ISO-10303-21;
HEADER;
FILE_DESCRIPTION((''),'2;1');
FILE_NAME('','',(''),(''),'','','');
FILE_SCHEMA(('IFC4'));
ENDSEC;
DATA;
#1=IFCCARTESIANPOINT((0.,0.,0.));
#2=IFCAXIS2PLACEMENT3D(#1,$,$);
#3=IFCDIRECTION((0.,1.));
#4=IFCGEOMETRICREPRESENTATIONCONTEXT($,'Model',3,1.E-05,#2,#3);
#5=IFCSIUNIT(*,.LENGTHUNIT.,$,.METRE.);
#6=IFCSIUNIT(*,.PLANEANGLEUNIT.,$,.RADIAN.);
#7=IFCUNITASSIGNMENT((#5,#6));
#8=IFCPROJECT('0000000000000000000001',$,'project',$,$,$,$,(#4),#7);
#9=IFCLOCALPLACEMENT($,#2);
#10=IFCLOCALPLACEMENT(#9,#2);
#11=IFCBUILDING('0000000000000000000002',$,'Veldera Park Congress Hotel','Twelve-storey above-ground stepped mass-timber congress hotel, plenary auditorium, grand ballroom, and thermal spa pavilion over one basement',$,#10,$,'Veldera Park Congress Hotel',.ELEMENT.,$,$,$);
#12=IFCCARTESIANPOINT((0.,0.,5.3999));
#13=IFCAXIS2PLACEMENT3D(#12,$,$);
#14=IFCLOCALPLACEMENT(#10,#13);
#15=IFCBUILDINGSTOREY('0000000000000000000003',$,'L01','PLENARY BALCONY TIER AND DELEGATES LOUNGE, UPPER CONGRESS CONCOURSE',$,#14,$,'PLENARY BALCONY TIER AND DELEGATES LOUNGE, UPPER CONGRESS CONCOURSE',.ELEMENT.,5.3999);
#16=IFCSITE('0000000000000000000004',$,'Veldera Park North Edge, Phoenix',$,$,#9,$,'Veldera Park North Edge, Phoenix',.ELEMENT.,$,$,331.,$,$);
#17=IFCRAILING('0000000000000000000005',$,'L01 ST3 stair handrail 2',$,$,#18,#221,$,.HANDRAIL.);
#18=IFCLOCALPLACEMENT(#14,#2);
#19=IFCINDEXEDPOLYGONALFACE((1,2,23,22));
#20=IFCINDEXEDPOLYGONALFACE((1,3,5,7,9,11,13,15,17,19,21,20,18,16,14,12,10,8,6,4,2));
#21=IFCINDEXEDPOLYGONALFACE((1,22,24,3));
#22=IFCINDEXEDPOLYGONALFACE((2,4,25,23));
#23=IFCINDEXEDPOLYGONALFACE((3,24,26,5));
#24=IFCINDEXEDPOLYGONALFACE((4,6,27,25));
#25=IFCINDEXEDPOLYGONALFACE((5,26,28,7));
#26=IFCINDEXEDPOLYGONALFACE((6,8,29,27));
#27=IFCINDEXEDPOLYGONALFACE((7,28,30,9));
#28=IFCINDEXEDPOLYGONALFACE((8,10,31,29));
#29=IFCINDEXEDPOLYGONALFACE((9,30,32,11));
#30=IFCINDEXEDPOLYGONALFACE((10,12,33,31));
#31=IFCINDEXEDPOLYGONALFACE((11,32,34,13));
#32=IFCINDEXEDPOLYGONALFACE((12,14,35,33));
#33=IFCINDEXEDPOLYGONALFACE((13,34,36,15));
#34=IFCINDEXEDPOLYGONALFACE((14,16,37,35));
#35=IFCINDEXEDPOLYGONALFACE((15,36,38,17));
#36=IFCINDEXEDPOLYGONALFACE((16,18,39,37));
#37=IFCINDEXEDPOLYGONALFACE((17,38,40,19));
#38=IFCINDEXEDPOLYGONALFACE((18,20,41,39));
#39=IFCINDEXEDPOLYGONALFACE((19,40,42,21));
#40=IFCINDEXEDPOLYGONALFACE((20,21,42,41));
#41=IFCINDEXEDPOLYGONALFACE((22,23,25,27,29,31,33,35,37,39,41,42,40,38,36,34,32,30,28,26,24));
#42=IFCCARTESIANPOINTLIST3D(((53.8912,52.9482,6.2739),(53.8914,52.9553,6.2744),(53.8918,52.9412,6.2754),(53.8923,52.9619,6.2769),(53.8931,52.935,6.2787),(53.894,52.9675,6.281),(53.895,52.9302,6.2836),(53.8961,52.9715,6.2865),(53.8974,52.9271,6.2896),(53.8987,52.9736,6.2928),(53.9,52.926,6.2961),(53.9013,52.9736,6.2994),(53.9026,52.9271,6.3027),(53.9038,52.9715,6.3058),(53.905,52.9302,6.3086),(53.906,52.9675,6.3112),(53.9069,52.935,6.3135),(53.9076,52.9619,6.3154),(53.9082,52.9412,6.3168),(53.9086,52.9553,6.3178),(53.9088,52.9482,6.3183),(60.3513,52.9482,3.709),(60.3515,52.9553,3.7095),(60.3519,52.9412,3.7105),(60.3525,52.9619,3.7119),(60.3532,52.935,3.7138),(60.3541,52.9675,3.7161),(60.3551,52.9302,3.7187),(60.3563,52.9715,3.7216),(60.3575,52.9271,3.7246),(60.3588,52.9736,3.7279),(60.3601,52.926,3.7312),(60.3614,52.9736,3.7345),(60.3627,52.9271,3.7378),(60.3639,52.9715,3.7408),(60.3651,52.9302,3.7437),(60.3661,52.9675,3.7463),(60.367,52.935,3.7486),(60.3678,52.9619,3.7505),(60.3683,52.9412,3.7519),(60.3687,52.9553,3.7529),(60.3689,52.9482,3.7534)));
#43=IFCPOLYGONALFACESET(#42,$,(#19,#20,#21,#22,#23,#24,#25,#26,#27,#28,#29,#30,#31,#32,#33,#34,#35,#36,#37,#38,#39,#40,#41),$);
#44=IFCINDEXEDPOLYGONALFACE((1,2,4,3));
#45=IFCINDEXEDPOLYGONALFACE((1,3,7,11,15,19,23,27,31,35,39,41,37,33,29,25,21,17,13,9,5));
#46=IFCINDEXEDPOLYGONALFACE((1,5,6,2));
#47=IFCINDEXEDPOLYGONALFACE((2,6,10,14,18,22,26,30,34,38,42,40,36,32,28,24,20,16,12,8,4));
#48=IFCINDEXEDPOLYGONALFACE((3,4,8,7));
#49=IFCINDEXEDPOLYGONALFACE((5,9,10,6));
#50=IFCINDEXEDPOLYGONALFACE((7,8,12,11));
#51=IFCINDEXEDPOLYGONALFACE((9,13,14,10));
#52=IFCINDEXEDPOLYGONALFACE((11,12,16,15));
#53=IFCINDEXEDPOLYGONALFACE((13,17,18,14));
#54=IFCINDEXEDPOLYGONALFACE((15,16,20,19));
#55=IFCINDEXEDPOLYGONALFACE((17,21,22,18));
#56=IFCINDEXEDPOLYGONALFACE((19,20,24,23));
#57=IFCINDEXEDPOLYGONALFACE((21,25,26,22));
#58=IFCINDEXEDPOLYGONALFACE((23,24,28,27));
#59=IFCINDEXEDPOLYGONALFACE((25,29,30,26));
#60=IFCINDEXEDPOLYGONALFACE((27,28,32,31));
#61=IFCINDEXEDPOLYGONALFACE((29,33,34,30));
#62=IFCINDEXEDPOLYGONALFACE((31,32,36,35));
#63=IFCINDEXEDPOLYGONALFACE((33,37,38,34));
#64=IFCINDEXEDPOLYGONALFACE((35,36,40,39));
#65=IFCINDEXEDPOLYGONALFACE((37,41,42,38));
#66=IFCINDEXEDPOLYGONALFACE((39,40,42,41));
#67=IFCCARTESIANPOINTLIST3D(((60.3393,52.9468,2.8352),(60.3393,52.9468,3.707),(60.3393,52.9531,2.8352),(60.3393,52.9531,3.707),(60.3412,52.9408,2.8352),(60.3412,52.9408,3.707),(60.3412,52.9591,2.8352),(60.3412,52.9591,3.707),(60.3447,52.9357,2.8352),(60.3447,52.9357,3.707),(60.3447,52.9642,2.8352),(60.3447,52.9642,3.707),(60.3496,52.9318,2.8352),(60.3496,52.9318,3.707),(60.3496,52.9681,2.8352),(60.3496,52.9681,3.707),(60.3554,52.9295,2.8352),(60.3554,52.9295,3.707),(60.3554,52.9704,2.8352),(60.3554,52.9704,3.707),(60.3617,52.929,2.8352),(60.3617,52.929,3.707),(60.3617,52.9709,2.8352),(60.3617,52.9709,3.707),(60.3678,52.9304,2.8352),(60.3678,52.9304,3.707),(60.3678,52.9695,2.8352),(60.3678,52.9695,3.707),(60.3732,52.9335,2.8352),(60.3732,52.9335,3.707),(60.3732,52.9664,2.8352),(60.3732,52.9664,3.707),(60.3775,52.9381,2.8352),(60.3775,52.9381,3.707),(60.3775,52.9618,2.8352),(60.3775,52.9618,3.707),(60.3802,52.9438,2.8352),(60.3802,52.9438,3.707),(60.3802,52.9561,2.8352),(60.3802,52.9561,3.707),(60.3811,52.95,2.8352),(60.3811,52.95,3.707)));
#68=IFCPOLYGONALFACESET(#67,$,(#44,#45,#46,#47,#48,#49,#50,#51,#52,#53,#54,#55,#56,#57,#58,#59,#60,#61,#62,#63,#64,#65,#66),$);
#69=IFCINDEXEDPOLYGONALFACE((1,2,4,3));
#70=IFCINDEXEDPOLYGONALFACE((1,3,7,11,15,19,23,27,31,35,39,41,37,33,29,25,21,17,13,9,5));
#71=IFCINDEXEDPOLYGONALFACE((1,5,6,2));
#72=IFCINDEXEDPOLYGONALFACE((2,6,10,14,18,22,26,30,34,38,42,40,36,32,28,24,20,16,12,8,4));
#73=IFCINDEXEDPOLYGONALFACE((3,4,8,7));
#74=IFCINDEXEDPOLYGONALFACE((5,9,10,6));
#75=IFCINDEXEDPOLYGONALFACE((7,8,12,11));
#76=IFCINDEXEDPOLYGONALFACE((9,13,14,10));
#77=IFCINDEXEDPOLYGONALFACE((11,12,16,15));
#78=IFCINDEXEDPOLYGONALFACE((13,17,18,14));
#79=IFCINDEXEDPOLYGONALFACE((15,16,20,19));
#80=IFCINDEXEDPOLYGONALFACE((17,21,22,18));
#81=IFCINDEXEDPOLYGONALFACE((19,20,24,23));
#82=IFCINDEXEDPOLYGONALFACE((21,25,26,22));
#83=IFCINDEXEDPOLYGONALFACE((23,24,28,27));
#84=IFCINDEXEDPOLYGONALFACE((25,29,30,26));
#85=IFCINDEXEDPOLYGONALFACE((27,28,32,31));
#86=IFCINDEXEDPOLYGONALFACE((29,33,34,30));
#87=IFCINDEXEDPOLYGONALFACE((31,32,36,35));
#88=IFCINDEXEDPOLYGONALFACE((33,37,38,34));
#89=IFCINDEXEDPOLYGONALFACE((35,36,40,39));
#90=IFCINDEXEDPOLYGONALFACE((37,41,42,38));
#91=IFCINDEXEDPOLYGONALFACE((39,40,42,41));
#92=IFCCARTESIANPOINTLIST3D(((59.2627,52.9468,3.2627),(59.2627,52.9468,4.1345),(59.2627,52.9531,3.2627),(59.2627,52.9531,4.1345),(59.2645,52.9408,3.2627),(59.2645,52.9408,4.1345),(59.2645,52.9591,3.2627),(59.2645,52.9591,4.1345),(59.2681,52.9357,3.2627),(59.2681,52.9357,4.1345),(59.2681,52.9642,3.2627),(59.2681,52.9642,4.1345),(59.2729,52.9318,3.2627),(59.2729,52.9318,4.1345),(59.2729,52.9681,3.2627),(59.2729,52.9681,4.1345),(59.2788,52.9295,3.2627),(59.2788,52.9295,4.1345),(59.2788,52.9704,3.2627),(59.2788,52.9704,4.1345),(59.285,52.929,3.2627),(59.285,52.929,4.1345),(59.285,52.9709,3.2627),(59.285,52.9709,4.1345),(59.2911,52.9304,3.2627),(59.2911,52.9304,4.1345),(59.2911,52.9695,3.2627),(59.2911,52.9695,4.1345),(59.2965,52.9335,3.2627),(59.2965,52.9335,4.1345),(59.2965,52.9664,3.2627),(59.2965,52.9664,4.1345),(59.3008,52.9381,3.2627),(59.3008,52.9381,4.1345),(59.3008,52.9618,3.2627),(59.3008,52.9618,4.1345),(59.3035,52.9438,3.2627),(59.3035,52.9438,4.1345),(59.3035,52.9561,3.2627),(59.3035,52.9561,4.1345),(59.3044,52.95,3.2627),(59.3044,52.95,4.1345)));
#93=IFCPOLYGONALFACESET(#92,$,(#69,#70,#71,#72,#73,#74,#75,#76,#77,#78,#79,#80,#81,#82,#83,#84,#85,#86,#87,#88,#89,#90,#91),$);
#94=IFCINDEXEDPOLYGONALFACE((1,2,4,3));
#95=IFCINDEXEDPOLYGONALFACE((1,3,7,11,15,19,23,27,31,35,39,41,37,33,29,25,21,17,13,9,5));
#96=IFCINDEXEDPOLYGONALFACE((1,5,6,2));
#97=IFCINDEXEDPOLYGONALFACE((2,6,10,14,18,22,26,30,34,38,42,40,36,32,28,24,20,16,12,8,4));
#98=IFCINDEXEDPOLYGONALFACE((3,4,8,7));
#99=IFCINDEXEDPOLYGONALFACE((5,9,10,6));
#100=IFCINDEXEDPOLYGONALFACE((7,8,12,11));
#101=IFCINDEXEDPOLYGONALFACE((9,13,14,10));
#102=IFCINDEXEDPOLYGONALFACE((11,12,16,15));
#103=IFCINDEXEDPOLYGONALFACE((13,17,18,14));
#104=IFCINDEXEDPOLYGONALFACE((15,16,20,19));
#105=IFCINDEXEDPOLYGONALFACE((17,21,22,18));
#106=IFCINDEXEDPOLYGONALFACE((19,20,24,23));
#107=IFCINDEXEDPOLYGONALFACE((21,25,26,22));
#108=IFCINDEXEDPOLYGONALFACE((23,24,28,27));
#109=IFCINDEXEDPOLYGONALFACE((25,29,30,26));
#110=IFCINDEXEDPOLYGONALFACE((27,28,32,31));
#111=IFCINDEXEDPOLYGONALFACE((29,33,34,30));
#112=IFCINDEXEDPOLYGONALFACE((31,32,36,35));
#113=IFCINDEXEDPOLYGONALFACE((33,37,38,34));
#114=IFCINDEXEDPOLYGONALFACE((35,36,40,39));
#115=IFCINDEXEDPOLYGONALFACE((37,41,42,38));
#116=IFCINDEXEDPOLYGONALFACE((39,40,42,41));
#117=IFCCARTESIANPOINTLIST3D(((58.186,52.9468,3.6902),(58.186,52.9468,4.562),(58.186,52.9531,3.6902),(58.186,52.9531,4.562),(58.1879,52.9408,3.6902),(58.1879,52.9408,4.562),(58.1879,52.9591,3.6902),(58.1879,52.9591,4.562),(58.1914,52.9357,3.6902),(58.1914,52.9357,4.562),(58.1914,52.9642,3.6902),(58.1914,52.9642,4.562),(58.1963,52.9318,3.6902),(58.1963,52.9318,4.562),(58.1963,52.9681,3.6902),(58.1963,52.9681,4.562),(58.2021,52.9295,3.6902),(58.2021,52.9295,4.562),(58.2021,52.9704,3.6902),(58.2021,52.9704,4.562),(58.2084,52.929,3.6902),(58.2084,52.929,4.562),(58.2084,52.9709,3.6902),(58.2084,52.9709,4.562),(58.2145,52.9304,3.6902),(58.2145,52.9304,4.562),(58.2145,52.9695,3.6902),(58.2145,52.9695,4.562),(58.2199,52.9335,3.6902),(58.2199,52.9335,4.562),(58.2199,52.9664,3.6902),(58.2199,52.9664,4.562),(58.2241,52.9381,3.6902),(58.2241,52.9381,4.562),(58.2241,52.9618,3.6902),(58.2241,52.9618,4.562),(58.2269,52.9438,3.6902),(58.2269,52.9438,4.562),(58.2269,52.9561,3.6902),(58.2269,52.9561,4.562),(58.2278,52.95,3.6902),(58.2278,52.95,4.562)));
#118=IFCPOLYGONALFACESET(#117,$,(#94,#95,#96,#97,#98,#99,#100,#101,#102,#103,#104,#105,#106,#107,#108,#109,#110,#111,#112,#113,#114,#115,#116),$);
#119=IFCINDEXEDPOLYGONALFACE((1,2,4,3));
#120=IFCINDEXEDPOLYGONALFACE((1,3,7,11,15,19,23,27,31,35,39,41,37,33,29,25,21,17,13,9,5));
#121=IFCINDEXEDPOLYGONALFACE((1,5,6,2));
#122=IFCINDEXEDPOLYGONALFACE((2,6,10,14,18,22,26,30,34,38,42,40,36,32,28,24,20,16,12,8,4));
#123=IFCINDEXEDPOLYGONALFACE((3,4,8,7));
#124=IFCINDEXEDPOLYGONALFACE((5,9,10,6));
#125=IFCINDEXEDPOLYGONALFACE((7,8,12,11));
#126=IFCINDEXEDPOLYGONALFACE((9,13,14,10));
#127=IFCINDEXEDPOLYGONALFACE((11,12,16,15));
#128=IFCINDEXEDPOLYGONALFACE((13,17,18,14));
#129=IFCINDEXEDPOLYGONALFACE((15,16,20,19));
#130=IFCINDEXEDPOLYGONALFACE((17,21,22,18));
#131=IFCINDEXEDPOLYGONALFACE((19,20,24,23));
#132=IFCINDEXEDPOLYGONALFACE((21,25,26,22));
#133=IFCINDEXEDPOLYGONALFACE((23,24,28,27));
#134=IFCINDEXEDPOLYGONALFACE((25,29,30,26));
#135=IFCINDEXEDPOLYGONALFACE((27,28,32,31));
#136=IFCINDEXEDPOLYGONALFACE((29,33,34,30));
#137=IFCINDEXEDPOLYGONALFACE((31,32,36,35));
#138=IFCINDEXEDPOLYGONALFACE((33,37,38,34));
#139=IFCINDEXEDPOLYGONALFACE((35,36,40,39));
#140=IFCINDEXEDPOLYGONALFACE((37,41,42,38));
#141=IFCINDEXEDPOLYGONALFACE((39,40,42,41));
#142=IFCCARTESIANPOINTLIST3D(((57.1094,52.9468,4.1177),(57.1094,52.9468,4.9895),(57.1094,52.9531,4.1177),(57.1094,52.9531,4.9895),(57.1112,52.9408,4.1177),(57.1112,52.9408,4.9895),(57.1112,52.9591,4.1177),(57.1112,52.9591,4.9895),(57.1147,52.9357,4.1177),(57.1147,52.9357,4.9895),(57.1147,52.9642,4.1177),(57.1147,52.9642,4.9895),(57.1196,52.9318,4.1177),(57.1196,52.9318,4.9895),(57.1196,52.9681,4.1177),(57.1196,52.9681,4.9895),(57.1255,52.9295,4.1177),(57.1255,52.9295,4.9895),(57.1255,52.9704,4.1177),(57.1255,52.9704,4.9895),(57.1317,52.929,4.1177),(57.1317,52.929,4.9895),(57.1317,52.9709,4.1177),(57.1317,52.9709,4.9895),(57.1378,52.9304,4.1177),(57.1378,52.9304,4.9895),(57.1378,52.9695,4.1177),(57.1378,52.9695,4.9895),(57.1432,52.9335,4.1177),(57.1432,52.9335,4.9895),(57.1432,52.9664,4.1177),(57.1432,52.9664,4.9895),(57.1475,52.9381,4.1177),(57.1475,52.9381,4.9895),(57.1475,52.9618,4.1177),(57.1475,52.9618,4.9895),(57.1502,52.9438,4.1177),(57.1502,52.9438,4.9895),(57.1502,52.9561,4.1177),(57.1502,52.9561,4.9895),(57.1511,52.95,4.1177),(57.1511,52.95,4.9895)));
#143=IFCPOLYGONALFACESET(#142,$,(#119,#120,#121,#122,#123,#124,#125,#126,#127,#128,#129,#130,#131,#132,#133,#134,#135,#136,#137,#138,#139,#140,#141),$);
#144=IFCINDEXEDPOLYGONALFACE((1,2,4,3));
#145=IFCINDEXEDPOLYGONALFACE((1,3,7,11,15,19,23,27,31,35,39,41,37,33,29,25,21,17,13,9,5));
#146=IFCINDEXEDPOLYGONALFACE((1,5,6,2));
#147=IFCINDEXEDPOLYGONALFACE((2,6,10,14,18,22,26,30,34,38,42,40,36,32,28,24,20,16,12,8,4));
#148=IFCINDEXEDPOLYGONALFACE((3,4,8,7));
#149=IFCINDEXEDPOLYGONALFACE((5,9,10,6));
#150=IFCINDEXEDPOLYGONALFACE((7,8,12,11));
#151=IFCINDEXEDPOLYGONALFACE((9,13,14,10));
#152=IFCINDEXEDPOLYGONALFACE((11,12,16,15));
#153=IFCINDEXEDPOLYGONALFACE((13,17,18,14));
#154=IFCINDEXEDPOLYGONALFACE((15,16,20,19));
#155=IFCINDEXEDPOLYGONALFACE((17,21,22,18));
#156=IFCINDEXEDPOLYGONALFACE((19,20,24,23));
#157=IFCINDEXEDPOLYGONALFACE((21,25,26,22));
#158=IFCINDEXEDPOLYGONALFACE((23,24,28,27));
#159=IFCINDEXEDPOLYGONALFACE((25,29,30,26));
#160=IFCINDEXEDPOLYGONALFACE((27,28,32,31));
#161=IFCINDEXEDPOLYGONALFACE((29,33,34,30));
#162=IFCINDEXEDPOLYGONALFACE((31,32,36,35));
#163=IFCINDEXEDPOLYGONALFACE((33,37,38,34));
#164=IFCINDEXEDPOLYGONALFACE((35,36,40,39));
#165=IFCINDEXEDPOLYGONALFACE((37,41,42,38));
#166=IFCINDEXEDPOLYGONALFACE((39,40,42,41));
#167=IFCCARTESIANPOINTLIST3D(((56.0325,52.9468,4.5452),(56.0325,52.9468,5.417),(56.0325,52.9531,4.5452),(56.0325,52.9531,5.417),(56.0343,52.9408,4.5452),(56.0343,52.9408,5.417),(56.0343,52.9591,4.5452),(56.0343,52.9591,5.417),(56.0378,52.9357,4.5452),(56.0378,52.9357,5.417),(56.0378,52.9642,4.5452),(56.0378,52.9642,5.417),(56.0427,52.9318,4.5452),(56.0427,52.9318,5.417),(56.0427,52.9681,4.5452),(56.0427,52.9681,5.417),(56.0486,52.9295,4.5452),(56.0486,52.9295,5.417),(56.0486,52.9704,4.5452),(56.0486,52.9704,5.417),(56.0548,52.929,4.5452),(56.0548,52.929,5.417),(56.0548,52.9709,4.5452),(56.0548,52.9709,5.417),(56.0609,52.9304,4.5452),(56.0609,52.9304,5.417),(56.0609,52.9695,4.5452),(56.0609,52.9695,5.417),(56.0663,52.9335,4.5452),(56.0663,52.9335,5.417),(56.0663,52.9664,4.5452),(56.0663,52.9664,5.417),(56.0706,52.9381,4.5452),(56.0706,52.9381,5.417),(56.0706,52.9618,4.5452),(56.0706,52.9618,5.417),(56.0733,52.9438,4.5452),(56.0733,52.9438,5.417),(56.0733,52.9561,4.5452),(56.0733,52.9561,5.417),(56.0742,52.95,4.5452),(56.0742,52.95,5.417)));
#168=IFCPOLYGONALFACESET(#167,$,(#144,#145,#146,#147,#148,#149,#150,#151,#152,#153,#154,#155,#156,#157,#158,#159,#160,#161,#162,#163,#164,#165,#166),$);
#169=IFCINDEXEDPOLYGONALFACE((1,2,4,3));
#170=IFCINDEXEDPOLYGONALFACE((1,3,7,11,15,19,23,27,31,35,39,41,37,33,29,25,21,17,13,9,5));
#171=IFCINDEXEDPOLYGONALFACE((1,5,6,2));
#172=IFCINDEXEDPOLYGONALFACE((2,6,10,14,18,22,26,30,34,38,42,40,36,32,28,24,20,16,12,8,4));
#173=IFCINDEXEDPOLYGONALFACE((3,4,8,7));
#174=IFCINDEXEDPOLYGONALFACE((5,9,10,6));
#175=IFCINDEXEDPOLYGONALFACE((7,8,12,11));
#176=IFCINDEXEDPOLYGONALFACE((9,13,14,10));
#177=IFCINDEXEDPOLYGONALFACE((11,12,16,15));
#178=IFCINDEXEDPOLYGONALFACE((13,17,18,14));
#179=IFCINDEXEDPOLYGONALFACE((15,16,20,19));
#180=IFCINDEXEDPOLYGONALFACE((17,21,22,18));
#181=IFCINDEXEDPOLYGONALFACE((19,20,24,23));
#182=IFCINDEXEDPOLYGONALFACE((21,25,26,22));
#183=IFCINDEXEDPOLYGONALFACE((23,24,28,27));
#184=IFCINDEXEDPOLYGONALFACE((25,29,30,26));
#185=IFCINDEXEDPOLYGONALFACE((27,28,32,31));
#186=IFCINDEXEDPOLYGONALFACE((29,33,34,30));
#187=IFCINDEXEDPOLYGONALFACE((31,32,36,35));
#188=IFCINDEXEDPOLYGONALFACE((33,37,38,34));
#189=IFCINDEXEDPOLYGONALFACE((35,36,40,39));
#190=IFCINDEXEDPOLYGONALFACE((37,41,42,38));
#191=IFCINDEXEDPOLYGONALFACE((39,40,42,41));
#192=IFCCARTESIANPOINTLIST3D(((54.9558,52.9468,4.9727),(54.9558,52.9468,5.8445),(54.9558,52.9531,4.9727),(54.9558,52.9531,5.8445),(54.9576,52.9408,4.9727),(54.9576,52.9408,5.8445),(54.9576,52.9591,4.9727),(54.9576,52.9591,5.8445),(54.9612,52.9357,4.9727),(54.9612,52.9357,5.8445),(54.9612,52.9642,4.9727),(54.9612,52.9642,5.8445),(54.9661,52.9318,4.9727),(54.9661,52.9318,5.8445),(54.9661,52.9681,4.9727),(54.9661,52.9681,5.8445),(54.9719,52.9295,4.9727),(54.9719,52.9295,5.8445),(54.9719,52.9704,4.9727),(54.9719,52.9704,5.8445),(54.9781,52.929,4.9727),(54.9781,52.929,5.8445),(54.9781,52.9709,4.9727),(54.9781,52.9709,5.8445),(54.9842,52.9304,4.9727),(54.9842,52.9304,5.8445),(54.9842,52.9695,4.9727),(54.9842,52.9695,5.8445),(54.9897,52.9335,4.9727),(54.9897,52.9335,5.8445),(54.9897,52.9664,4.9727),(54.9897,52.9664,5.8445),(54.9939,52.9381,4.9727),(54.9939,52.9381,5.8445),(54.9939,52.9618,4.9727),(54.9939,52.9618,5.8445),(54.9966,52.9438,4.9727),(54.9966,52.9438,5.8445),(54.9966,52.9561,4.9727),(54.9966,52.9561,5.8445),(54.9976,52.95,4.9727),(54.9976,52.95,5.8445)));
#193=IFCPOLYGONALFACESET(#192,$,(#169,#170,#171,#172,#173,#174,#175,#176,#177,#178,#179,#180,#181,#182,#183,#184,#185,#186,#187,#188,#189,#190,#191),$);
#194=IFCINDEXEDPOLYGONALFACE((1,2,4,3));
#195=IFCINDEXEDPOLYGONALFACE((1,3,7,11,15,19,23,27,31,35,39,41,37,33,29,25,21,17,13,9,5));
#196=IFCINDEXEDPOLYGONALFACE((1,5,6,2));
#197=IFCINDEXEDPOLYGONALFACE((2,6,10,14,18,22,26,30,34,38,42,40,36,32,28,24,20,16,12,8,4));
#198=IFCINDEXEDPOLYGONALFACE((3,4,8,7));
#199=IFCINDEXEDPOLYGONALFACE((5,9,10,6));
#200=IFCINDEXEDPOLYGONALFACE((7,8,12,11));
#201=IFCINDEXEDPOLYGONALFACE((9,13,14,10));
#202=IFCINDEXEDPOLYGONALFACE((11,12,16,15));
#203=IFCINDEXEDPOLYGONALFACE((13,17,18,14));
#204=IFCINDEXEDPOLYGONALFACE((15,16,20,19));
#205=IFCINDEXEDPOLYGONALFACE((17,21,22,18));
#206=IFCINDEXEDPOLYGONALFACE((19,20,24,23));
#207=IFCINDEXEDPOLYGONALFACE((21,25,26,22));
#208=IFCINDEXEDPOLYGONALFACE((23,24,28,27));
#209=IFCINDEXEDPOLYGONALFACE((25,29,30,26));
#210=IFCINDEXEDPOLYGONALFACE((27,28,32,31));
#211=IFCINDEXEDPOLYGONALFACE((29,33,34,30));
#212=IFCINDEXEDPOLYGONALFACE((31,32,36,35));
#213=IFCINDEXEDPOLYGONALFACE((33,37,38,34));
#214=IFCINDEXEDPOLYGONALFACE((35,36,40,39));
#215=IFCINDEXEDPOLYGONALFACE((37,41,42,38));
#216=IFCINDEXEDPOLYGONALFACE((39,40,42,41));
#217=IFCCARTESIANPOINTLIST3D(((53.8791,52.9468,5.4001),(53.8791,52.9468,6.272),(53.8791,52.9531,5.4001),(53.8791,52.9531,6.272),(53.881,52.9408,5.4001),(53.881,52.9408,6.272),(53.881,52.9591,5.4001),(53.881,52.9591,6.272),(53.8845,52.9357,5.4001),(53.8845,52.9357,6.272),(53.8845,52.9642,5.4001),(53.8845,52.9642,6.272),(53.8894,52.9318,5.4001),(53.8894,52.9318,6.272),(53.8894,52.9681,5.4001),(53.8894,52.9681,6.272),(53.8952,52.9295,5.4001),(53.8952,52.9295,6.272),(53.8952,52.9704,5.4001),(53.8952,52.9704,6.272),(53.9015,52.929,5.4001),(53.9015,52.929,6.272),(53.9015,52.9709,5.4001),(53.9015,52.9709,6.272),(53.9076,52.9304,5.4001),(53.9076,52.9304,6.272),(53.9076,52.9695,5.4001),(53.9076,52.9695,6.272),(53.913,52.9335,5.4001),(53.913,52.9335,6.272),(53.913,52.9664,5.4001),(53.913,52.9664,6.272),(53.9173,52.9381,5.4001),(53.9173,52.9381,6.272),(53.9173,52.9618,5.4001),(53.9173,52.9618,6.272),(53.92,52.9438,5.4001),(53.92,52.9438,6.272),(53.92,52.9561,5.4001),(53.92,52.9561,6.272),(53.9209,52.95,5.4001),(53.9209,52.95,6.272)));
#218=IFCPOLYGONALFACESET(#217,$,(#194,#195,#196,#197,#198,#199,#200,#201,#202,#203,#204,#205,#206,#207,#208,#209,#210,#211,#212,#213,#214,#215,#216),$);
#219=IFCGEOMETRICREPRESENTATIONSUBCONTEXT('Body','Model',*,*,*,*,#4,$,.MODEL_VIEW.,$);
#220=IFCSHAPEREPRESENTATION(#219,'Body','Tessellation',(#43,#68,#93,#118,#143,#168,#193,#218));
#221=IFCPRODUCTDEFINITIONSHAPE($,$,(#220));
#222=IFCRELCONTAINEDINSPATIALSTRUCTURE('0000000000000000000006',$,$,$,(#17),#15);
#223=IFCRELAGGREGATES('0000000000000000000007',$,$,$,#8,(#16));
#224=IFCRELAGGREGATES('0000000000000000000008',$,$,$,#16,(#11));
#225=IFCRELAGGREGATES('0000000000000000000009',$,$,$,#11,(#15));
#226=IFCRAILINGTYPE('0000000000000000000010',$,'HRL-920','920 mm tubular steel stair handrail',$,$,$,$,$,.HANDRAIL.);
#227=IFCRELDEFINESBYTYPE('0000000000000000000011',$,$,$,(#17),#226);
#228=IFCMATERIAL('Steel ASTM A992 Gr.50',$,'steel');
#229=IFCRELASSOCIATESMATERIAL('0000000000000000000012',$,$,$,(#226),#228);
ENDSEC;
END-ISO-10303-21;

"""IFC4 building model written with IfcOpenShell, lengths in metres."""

from ifc_helpers import new_model, si_unit, direction, frame, origin, origin_2d, place, context, subcontext, project, spatial, circle, extrude, material, type_object, element, save


model = new_model("IFC4")

# Units and contexts
model_context = context("Model", 3, precision=1e-05, world=origin(), true_north=direction((0.0, 1.0)))
body_context = subcontext(model_context, "Body", "Model", "MODEL_VIEW")
ifc_project = project(units=[si_unit("LENGTHUNIT", "METRE"), si_unit("PLANEANGLEUNIT", "RADIAN")], contexts=[model_context])

# Site, building, storey
site_placement = place(None, origin())
site = spatial("IfcSite", under=ifc_project, at=site_placement, Name="Veldera Park North Edge, Phoenix", LongName="Veldera Park North Edge, Phoenix", CompositionType="ELEMENT", RefElevation=331.0)
building_placement = place(site_placement, origin())
building = spatial("IfcBuilding", under=site, at=building_placement, Name="Veldera Park Congress Hotel", Description="Twelve-storey above-ground stepped mass-timber congress hotel, plenary auditorium, grand ballroom, and thermal spa pavilion over one basement", LongName="Veldera Park Congress Hotel", CompositionType="ELEMENT")
storey_placement = place(building_placement, frame((0.0, 0.0, 5.3999)))
storey = spatial("IfcBuildingStorey", under=building, at=storey_placement, Name="L01", Description="PLENARY BALCONY TIER AND DELEGATES LOUNGE, UPPER CONGRESS CONCOURSE", LongName="PLENARY BALCONY TIER AND DELEGATES LOUNGE, UPPER CONGRESS CONCOURSE", CompositionType="ELEMENT", Elevation=5.3999)

# Shared definitions
ifc_material_1 = material(Name="Steel ASTM A992 Gr.50", Category="steel")

# Railing
railing_type_1 = type_object("IfcRailingType", Name="HRL-920", Description="920 mm tubular steel stair handrail", PredefinedType="HANDRAIL", material=ifc_material_1)
railing_1_placement = place(storey_placement, frame((60.3601, 52.95, 2.8352)))
element("IfcRailing", 1, at=railing_1_placement, inside=storey, type_object=railing_type_1, Name="L01 ST3 stair handrail 2", PredefinedType="HANDRAIL", context=body_context, shape_type="SweptSolid", body=[
    extrude(circle(Radius=0.0239, at=origin_2d()), frame((0.0, 0.0, 0.896), z_axis=(-0.929423, 0.0, 0.369016), x_axis=(0.0, -1.0, 0.0)), (0.0, 0.0, 1.0), 6.9507),
    extrude(circle(Radius=0.021, at=origin_2d()), origin(), (0.0, 0.0, 1.0), 0.8718),
    extrude(circle(Radius=0.021, at=origin_2d()), frame((-1.0767, 0.0, 0.4275)), (0.0, 0.0, 1.0), 0.8718),
    extrude(circle(Radius=0.021, at=origin_2d()), frame((-2.1533, 0.0, 0.855)), (0.0, 0.0, 1.0), 0.8718),
    extrude(circle(Radius=0.021, at=origin_2d()), frame((-3.23, 0.0, 1.2825)), (0.0, 0.0, 1.0), 0.8718),
    extrude(circle(Radius=0.021, at=origin_2d()), frame((-4.3069, 0.0, 1.71)), (0.0, 0.0, 1.0), 0.8718),
    extrude(circle(Radius=0.021, at=origin_2d()), frame((-5.3835, 0.0, 2.1375)), (0.0, 0.0, 1.0), 0.8718),
    extrude(circle(Radius=0.021, at=origin_2d()), frame((-6.4602, 0.0, 2.5649)), (0.0, 0.0, 1.0), 0.8718),
])

save(model, "model.ifc")
